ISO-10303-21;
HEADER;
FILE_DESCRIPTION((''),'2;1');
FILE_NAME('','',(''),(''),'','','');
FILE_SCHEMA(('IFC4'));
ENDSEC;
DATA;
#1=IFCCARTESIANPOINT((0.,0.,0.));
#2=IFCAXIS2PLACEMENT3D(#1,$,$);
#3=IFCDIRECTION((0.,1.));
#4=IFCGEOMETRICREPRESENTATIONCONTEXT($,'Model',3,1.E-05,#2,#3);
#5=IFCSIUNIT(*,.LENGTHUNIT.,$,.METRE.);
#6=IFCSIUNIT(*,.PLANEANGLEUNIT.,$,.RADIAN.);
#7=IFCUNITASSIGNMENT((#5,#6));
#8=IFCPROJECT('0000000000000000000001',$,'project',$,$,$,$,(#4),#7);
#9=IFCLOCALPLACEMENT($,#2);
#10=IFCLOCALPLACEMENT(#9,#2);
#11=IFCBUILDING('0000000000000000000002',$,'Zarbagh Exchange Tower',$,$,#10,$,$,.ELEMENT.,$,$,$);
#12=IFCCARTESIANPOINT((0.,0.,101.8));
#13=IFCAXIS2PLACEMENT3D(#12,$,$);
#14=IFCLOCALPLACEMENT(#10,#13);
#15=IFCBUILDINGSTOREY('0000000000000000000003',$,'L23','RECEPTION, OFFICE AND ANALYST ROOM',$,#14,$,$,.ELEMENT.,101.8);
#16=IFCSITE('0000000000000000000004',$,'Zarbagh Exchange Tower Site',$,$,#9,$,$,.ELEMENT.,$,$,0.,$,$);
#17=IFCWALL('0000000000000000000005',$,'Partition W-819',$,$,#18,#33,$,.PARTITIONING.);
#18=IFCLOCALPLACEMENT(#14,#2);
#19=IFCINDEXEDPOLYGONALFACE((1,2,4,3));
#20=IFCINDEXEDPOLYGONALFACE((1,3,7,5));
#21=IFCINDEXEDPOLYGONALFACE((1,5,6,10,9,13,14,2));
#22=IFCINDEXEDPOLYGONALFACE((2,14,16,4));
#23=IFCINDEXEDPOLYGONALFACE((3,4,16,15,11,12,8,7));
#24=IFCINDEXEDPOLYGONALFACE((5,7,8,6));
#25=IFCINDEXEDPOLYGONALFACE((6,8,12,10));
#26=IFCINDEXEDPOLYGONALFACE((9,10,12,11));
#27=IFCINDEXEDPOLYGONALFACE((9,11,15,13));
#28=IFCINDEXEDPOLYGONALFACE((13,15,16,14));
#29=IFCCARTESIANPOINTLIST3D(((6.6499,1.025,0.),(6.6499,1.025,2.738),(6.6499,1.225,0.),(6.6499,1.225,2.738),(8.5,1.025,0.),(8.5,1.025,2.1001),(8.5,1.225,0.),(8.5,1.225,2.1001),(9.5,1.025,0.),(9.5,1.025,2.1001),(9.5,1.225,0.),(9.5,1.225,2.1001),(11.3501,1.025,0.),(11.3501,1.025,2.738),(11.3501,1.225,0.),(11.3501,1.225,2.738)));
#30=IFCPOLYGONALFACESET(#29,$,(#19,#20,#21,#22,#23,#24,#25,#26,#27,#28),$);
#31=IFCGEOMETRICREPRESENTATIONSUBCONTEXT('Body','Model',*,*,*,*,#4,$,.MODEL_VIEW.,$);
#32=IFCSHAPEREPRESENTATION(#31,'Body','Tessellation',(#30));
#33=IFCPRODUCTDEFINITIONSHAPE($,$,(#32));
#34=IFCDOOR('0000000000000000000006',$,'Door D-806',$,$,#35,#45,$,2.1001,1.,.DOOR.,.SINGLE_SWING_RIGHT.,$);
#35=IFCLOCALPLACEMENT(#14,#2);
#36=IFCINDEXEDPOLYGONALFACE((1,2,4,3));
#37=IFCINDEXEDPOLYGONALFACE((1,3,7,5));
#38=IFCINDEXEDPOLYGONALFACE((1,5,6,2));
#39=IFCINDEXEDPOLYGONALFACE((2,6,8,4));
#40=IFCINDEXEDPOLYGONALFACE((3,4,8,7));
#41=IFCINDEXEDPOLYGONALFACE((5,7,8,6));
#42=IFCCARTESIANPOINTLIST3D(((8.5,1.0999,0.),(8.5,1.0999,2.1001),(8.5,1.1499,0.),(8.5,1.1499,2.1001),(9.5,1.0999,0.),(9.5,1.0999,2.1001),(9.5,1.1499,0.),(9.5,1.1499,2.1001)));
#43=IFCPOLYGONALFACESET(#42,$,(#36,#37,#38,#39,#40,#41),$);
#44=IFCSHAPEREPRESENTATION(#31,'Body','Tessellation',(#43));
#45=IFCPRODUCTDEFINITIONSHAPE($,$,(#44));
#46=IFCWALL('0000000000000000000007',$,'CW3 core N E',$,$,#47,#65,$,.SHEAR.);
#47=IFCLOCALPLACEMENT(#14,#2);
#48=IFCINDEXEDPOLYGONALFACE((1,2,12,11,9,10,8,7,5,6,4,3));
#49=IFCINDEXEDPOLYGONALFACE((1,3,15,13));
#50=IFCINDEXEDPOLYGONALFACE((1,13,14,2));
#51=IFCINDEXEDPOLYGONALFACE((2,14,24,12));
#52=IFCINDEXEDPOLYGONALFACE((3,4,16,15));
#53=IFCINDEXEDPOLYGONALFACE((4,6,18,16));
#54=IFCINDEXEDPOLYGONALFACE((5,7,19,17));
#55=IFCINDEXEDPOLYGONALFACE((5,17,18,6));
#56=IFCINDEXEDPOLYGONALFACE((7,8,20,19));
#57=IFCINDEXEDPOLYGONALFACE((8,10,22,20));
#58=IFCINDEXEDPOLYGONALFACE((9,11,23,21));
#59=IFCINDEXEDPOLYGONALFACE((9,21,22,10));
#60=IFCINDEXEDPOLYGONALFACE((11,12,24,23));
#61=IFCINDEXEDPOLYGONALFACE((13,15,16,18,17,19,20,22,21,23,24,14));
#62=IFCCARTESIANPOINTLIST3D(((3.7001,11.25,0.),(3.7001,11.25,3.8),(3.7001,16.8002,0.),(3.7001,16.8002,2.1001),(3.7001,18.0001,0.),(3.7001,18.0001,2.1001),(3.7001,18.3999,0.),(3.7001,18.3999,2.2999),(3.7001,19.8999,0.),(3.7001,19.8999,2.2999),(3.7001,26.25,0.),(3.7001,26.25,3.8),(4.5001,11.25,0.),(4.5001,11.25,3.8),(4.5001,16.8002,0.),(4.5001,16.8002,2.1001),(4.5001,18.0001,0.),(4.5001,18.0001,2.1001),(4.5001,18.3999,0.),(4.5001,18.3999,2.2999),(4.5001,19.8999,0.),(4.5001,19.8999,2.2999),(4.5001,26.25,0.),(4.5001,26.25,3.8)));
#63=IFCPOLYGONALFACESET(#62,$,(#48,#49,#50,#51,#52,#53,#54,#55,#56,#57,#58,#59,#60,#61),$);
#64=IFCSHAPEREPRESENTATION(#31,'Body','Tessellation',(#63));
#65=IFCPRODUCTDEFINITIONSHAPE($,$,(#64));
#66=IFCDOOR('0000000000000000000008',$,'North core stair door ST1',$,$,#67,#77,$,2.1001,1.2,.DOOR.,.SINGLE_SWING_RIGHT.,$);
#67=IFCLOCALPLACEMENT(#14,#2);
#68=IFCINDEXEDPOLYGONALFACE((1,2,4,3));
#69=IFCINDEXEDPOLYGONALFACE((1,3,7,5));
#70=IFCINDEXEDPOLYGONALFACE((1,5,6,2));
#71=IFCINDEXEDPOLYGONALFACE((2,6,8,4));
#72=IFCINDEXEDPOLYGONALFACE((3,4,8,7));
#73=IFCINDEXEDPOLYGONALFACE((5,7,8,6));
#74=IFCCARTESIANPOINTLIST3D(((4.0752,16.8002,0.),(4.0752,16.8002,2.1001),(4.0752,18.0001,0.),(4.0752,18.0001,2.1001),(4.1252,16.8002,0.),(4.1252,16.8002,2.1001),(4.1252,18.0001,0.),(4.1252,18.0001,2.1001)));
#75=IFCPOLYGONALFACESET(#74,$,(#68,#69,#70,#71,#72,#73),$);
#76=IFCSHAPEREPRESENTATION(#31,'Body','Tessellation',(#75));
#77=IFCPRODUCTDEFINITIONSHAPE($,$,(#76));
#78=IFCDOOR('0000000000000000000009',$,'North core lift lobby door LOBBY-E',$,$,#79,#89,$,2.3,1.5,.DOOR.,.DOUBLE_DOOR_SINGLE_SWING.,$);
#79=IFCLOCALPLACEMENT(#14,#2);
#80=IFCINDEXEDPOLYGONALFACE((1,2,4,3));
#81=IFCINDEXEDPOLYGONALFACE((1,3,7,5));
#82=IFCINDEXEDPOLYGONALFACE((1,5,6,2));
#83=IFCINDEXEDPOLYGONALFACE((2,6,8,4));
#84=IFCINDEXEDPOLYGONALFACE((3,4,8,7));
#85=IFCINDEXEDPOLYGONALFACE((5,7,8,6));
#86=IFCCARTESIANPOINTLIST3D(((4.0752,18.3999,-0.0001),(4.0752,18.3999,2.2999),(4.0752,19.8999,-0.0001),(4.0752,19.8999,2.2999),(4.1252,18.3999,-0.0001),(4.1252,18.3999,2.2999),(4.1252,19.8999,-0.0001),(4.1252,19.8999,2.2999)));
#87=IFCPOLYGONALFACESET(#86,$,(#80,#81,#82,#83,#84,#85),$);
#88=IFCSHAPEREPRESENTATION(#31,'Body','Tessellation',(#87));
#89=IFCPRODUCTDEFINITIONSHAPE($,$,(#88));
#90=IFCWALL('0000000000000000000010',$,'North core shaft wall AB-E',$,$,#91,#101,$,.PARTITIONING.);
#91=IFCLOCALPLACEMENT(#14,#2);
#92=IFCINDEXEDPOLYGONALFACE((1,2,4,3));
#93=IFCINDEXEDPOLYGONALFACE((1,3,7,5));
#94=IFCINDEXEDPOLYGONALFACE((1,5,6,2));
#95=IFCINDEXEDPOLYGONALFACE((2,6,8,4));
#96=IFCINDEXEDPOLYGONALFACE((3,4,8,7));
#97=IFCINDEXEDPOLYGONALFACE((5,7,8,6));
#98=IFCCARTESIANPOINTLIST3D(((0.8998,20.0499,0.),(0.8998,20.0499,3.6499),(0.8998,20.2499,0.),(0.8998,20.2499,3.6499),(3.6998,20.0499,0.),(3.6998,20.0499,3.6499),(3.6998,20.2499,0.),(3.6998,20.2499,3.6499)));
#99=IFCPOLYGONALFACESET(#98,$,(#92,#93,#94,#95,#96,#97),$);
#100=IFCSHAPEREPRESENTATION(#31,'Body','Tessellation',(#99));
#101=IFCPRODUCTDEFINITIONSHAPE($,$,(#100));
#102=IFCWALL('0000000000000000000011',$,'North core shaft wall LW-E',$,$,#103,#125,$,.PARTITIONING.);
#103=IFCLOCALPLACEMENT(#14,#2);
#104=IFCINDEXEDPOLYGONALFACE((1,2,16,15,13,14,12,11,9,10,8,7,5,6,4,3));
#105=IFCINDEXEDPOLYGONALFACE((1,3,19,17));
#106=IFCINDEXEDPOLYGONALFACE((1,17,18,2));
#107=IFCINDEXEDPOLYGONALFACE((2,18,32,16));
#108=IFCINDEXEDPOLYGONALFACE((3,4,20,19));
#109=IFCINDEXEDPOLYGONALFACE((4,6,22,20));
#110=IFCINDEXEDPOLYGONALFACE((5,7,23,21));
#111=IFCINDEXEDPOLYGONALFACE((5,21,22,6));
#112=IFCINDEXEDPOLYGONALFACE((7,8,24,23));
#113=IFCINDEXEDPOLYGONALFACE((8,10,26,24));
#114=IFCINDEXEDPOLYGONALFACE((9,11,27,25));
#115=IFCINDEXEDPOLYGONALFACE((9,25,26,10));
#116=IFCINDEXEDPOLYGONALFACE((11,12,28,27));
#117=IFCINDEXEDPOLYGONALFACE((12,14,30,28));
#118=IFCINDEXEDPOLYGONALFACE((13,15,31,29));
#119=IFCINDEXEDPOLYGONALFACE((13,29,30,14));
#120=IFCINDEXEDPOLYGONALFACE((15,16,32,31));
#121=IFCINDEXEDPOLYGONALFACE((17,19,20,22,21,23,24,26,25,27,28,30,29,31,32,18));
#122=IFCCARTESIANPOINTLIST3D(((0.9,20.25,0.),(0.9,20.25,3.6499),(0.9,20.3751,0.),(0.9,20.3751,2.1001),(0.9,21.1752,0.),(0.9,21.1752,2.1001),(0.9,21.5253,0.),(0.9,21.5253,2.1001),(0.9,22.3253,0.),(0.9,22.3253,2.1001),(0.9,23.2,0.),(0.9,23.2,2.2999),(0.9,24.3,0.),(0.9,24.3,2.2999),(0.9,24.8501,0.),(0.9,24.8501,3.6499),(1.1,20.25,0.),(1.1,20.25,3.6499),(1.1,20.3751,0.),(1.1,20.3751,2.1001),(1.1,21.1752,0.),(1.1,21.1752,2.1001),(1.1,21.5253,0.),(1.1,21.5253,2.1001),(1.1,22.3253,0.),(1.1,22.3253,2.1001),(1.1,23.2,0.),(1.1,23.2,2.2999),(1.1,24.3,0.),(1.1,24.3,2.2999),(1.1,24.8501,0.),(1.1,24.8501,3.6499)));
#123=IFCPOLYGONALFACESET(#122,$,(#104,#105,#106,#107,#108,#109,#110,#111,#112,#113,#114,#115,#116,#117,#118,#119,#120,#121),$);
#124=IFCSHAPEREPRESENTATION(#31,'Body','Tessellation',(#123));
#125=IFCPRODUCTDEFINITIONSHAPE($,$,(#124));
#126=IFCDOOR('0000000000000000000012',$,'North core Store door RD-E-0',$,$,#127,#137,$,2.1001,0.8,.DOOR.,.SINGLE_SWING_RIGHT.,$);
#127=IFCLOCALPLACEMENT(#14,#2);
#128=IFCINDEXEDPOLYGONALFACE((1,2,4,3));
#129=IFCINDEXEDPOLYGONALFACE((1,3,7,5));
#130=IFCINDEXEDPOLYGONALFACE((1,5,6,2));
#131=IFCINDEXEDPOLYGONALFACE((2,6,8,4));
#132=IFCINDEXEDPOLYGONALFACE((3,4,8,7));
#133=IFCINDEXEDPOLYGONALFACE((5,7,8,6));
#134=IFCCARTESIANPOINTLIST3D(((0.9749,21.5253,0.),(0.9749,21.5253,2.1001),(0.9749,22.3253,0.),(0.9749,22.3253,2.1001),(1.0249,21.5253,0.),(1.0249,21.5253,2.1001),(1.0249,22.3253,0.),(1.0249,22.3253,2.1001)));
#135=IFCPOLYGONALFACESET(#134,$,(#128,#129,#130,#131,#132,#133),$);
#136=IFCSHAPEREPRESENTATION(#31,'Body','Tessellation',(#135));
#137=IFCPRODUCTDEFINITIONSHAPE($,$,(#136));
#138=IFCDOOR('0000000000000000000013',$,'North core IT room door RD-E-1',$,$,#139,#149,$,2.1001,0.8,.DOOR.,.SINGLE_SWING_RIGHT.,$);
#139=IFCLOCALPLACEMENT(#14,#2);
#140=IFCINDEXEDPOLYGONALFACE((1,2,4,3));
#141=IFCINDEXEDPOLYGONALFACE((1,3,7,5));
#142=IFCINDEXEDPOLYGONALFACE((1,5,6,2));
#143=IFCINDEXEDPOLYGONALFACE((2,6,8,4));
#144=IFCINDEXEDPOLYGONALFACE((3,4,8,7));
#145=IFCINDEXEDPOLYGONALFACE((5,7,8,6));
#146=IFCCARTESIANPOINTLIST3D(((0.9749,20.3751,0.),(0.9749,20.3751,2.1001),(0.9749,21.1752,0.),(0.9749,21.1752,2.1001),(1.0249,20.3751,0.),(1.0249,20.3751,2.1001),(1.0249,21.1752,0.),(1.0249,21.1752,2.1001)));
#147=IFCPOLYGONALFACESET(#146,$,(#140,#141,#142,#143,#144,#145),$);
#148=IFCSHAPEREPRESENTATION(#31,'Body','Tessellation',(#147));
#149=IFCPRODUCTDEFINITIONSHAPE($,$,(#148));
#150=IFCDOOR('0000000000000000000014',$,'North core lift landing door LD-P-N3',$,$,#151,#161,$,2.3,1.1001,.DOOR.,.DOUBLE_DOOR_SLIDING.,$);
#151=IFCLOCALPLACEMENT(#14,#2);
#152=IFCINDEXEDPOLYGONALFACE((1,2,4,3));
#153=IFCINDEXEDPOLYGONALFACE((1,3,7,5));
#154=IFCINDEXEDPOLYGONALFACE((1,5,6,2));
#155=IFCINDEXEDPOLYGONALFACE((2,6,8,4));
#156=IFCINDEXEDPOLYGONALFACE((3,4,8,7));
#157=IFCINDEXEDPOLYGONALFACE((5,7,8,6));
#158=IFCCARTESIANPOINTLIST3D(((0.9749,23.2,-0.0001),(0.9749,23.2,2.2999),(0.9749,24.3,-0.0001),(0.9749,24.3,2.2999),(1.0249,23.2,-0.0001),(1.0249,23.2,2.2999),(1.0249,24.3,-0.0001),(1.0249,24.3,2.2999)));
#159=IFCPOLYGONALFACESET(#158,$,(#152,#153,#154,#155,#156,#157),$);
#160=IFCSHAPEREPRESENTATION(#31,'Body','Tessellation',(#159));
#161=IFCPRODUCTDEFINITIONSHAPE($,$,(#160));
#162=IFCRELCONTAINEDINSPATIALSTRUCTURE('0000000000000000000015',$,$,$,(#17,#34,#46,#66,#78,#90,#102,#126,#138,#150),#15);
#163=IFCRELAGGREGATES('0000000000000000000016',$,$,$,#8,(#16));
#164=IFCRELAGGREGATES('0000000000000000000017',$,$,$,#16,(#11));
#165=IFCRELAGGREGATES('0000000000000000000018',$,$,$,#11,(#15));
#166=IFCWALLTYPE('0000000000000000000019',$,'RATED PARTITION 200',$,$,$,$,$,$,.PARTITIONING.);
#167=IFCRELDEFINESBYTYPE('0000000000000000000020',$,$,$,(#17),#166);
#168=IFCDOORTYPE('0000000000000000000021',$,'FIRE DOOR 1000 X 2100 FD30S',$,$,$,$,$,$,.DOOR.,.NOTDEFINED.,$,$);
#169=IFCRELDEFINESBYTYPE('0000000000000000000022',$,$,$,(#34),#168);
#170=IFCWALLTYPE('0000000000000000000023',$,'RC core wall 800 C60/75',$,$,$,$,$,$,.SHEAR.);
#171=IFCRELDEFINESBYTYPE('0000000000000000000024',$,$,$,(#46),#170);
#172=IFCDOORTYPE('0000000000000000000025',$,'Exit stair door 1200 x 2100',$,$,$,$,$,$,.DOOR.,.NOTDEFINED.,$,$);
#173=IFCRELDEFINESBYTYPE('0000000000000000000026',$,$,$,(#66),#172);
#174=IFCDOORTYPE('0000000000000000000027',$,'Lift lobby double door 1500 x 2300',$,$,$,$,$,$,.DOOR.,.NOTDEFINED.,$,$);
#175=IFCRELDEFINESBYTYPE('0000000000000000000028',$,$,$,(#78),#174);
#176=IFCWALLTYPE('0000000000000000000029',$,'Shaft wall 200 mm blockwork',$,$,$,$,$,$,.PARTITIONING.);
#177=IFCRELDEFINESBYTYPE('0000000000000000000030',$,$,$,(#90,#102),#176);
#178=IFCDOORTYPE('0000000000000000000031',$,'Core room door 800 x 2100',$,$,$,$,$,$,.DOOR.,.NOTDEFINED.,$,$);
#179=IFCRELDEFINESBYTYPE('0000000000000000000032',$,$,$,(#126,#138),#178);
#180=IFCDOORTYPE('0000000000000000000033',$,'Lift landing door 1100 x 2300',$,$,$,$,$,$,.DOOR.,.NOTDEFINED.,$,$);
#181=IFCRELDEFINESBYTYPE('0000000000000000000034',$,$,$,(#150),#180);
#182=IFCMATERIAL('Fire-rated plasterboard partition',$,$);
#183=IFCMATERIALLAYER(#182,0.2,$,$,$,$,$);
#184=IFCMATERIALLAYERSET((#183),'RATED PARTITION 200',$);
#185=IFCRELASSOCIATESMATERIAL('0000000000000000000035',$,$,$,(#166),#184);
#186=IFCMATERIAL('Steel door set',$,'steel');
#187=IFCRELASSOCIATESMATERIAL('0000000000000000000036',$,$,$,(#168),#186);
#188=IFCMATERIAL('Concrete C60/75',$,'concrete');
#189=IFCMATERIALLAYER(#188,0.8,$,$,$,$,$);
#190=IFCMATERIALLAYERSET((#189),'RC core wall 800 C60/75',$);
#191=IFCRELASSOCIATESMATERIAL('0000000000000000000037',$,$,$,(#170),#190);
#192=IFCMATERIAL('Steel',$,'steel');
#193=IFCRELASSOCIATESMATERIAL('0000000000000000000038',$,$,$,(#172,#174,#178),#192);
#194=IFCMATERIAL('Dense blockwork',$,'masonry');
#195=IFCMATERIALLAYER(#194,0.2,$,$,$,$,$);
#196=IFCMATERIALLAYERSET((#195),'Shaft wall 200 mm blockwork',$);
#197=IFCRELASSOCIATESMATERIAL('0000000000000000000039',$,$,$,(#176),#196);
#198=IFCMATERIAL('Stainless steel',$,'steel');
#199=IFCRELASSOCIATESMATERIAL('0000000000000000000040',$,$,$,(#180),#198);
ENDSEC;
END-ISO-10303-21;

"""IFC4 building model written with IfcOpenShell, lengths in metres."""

from ifc_helpers import new_model, si_unit, direction, frame, frame_2d, origin, place, context, subcontext, project, spatial, rectangle, extrude, material, layer, layer_set, type_object, element, fill, save


model = new_model("IFC4")

# Units and contexts
model_context = context("Model", 3, precision=1e-05, world=origin(), true_north=direction((0.0, 1.0)))
body_context = subcontext(model_context, "Body", "Model", "MODEL_VIEW")
ifc_project = project(units=[si_unit("LENGTHUNIT", "METRE"), si_unit("PLANEANGLEUNIT", "RADIAN")], contexts=[model_context])

# Site, building, storey
site_placement = place(None, origin())
site = spatial("IfcSite", under=ifc_project, at=site_placement, Name="Zarbagh Exchange Tower Site", CompositionType="ELEMENT", RefElevation=0.0)
building_placement = place(site_placement, origin())
building = spatial("IfcBuilding", under=site, at=building_placement, Name="Zarbagh Exchange Tower", CompositionType="ELEMENT")
storey_placement = place(building_placement, frame((0.0, 0.0, 101.8)))
storey = spatial("IfcBuildingStorey", under=building, at=storey_placement, Name="L23", Description="RECEPTION, OFFICE AND ANALYST ROOM", CompositionType="ELEMENT", Elevation=101.8)

# Shared definitions
ifc_material_1 = material(Name="Concrete C60/75", Category="concrete")

# Shared definitions
ifc_material_2 = material(Name="Dense blockwork", Category="masonry")

# Shared definitions
ifc_material_3 = material(Name="Fire-rated plasterboard partition")
ifc_layer_1 = layer(ifc_material_3, 0.2)
ifc_layer_set_1 = layer_set([ifc_layer_1], Name="RATED PARTITION 200")
wall_type_1 = type_object("IfcWallType", Name="RATED PARTITION 200", PredefinedType="PARTITIONING", material=ifc_layer_set_1)
ifc_material_4 = material(Name="Steel door set", Category="steel")
door_type_1 = type_object("IfcDoorType", Name="FIRE DOOR 1000 X 2100 FD30S", OperationType="NOTDEFINED", PredefinedType="DOOR", material=ifc_material_4)

# Wall, opening, door
wall_1_placement = place(storey_placement, frame((6.6499, 1.125, 0.0), z_axis=(0.0, 0.0, 1.0), x_axis=(1.0, 0.0, 0.0)))
wall_1 = element("IfcWall", 1, at=wall_1_placement, inside=storey, type_object=wall_type_1, Name="Partition W-819", PredefinedType="PARTITIONING", context=body_context, shape_type="SweptSolid", body=[
    extrude(rectangle(XDim=4.7002, YDim=0.2, at=frame_2d((2.3501, 0.0))), origin(), (0.0, 0.0, 1.0), 2.738),
])
opening_1_placement = place(wall_1_placement, frame((1.8501, 0.0, 0.0)))
opening_1 = element("IfcOpeningElement", 2, at=opening_1_placement, cuts=wall_1, PredefinedType="OPENING", context=body_context, shape_type="SweptSolid", body=[
    extrude(rectangle(XDim=1.0, YDim=2.1001, at=frame_2d((0.5, 1.05))), frame((0.0, 0.1099, 0.0), z_axis=(0.0, -1.0, 0.0), x_axis=(1.0, 0.0, 0.0)), (0.0, 0.0, 1.0), 0.22),
])
door_1_placement = place(opening_1_placement, origin())
door_1 = element("IfcDoor", 3, at=door_1_placement, inside=storey, type_object=door_type_1, Name="Door D-806", OperationType="SINGLE_SWING_RIGHT", OverallHeight=2.1001, OverallWidth=1.0, PredefinedType="DOOR", context=body_context, shape_type="SweptSolid", body=[
    extrude(rectangle(XDim=1.0, YDim=2.1001, at=frame_2d((0.5, 1.05))), frame((0.0, 0.0249, 0.0), z_axis=(0.0, -1.0, 0.0), x_axis=(1.0, 0.0, 0.0)), (0.0, 0.0, 1.0), 0.05),
])
fill(opening_1, door_1)

# Wall, openings, doors
ifc_layer_2 = layer(ifc_material_1, 0.8)
ifc_layer_set_2 = layer_set([ifc_layer_2], Name="RC core wall 800 C60/75")
wall_type_2 = type_object("IfcWallType", Name="RC core wall 800 C60/75", PredefinedType="SHEAR", material=ifc_layer_set_2)
wall_2_placement = place(storey_placement, frame((4.1001, 11.25, 0.0), z_axis=(0.0, 0.0, 1.0), x_axis=(0.0, 1.0, 0.0)))
wall_2 = element("IfcWall", 4, at=wall_2_placement, inside=storey, type_object=wall_type_2, Name="CW3 core N E", PredefinedType="SHEAR", context=body_context, shape_type="SweptSolid", body=[
    extrude(rectangle(XDim=15.0, YDim=0.8, at=frame_2d((7.5, 0.0))), origin(), (0.0, 0.0, 1.0), 3.8),
])
opening_2_placement = place(wall_2_placement, frame((7.1499, 0.0, 0.0)))
opening_2 = element("IfcOpeningElement", 5, at=opening_2_placement, cuts=wall_2, PredefinedType="OPENING", context=body_context, shape_type="SweptSolid", body=[
    extrude(rectangle(XDim=1.5, YDim=2.3, at=frame_2d((0.75, 1.1499))), frame((0.0, 0.4099, 0.0), z_axis=(0.0, -1.0, 0.0), x_axis=(1.0, 0.0, 0.0)), (0.0, 0.0, 1.0), 0.8201),
])
opening_3_placement = place(wall_2_placement, frame((5.55, 0.0, 0.0)))
opening_3 = element("IfcOpeningElement", 6, at=opening_3_placement, cuts=wall_2, PredefinedType="OPENING", context=body_context, shape_type="SweptSolid", body=[
    extrude(rectangle(XDim=1.2, YDim=2.1001, at=frame_2d((0.6001, 1.05))), frame((0.0, 0.4099, 0.0), z_axis=(0.0, -1.0, 0.0), x_axis=(1.0, 0.0, 0.0)), (0.0, 0.0, 1.0), 0.8201),
])
ifc_material_5 = material(Name="Steel", Category="steel")
door_type_2 = type_object("IfcDoorType", Name="Exit stair door 1200 x 2100", OperationType="NOTDEFINED", PredefinedType="DOOR", material=ifc_material_5)
door_2_placement = place(opening_3_placement, origin())
door_2 = element("IfcDoor", 7, at=door_2_placement, inside=storey, type_object=door_type_2, Name="North core stair door ST1", OperationType="SINGLE_SWING_RIGHT", OverallHeight=2.1001, OverallWidth=1.2, PredefinedType="DOOR", context=body_context, shape_type="SweptSolid", body=[
    extrude(rectangle(XDim=1.2, YDim=2.1001, at=frame_2d((0.6001, 1.05))), frame((0.0, 0.0249, 0.0), z_axis=(0.0, -1.0, 0.0), x_axis=(1.0, 0.0, 0.0)), (0.0, 0.0, 1.0), 0.05),
])
fill(opening_3, door_2)
door_type_3 = type_object("IfcDoorType", Name="Lift lobby double door 1500 x 2300", OperationType="NOTDEFINED", PredefinedType="DOOR", material=ifc_material_5)
door_3_placement = place(opening_2_placement, origin())
door_3 = element("IfcDoor", 8, at=door_3_placement, inside=storey, type_object=door_type_3, Name="North core lift lobby door LOBBY-E", OperationType="DOUBLE_DOOR_SINGLE_SWING", OverallHeight=2.3, OverallWidth=1.5, PredefinedType="DOOR", context=body_context, shape_type="SweptSolid", body=[
    extrude(rectangle(XDim=1.5, YDim=2.3, at=frame_2d((0.75, 1.1499))), frame((0.0, 0.0249, 0.0), z_axis=(0.0, -1.0, 0.0), x_axis=(1.0, 0.0, 0.0)), (0.0, 0.0, 1.0), 0.05),
])
fill(opening_2, door_3)

# Wall
ifc_layer_3 = layer(ifc_material_2, 0.2)
ifc_layer_set_3 = layer_set([ifc_layer_3], Name="Shaft wall 200 mm blockwork")
wall_type_3 = type_object("IfcWallType", Name="Shaft wall 200 mm blockwork", PredefinedType="PARTITIONING", material=ifc_layer_set_3)
wall_3_placement = place(storey_placement, frame((0.8999, 20.1499, 0.0), z_axis=(0.0, 0.0, 1.0), x_axis=(1.0, 0.0, 0.0)))
element("IfcWall", 9, at=wall_3_placement, inside=storey, type_object=wall_type_3, Name="North core shaft wall AB-E", PredefinedType="PARTITIONING", context=body_context, shape_type="SweptSolid", body=[
    extrude(rectangle(XDim=2.8, YDim=0.2, at=frame_2d((1.3999, 0.0))), origin(), (0.0, 0.0, 1.0), 3.6499),
])

# Wall, openings, doors
wall_4_placement = place(storey_placement, frame((1.0, 24.8501, 0.0), z_axis=(0.0, 0.0, 1.0), x_axis=(0.0, -1.0, 0.0)))
wall_4 = element("IfcWall", 10, at=wall_4_placement, inside=storey, type_object=wall_type_3, Name="North core shaft wall LW-E", PredefinedType="PARTITIONING", context=body_context, shape_type="SweptSolid", body=[
    extrude(rectangle(XDim=4.6001, YDim=0.2, at=frame_2d((2.3, 0.0))), origin(), (0.0, 0.0, 1.0), 3.6499),
])
opening_4_placement = place(wall_4_placement, frame((0.55, 0.0, 0.0)))
opening_4 = element("IfcOpeningElement", 11, at=opening_4_placement, cuts=wall_4, PredefinedType="OPENING", context=body_context, shape_type="SweptSolid", body=[
    extrude(rectangle(XDim=1.1001, YDim=2.3, at=frame_2d((0.55, 1.1499))), frame((0.0, 0.1099, 0.0), z_axis=(0.0, -1.0, 0.0), x_axis=(1.0, 0.0, 0.0)), (0.0, 0.0, 1.0), 0.22),
])
opening_5_placement = place(wall_4_placement, frame((2.5249, 0.0, 0.0)))
opening_5 = element("IfcOpeningElement", 12, at=opening_5_placement, cuts=wall_4, PredefinedType="OPENING", context=body_context, shape_type="SweptSolid", body=[
    extrude(rectangle(XDim=0.8, YDim=2.1001, at=frame_2d((0.3999, 1.05))), frame((0.0, 0.1099, 0.0), z_axis=(0.0, -1.0, 0.0), x_axis=(1.0, 0.0, 0.0)), (0.0, 0.0, 1.0), 0.22),
])
opening_6_placement = place(wall_4_placement, frame((3.675, 0.0, 0.0)))
opening_6 = element("IfcOpeningElement", 13, at=opening_6_placement, cuts=wall_4, PredefinedType="OPENING", context=body_context, shape_type="SweptSolid", body=[
    extrude(rectangle(XDim=0.8, YDim=2.1001, at=frame_2d((0.3999, 1.05))), frame((0.0, 0.1099, 0.0), z_axis=(0.0, -1.0, 0.0), x_axis=(1.0, 0.0, 0.0)), (0.0, 0.0, 1.0), 0.22),
])
door_type_4 = type_object("IfcDoorType", Name="Core room door 800 x 2100", OperationType="NOTDEFINED", PredefinedType="DOOR", material=ifc_material_5)
door_4_placement = place(opening_5_placement, origin())
door_4 = element("IfcDoor", 14, at=door_4_placement, inside=storey, type_object=door_type_4, Name="North core Store door RD-E-0", OperationType="SINGLE_SWING_RIGHT", OverallHeight=2.1001, OverallWidth=0.8, PredefinedType="DOOR", context=body_context, shape_type="SweptSolid", body=[
    extrude(rectangle(XDim=0.8, YDim=2.1001, at=frame_2d((0.3999, 1.05))), frame((0.0, 0.0249, 0.0), z_axis=(0.0, -1.0, 0.0), x_axis=(1.0, 0.0, 0.0)), (0.0, 0.0, 1.0), 0.05),
])
fill(opening_5, door_4)
door_5_placement = place(opening_6_placement, origin())
door_5 = element("IfcDoor", 15, at=door_5_placement, inside=storey, type_object=door_type_4, Name="North core IT room door RD-E-1", OperationType="SINGLE_SWING_RIGHT", OverallHeight=2.1001, OverallWidth=0.8, PredefinedType="DOOR", context=body_context, shape_type="SweptSolid", body=[
    extrude(rectangle(XDim=0.8, YDim=2.1001, at=frame_2d((0.3999, 1.05))), frame((0.0, 0.0249, 0.0), z_axis=(0.0, -1.0, 0.0), x_axis=(1.0, 0.0, 0.0)), (0.0, 0.0, 1.0), 0.05),
])
fill(opening_6, door_5)
ifc_material_6 = material(Name="Stainless steel", Category="steel")
door_type_5 = type_object("IfcDoorType", Name="Lift landing door 1100 x 2300", OperationType="NOTDEFINED", PredefinedType="DOOR", material=ifc_material_6)
door_6_placement = place(opening_4_placement, origin())
door_6 = element("IfcDoor", 16, at=door_6_placement, inside=storey, type_object=door_type_5, Name="North core lift landing door LD-P-N3", OperationType="DOUBLE_DOOR_SLIDING", OverallHeight=2.3, OverallWidth=1.1001, PredefinedType="DOOR", context=body_context, shape_type="SweptSolid", body=[
    extrude(rectangle(XDim=1.1001, YDim=2.3, at=frame_2d((0.55, 1.1499))), frame((0.0, 0.0249, 0.0), z_axis=(0.0, -1.0, 0.0), x_axis=(1.0, 0.0, 0.0)), (0.0, 0.0, 1.0), 0.05),
])
fill(opening_4, door_6)

save(model, "model.ifc")
